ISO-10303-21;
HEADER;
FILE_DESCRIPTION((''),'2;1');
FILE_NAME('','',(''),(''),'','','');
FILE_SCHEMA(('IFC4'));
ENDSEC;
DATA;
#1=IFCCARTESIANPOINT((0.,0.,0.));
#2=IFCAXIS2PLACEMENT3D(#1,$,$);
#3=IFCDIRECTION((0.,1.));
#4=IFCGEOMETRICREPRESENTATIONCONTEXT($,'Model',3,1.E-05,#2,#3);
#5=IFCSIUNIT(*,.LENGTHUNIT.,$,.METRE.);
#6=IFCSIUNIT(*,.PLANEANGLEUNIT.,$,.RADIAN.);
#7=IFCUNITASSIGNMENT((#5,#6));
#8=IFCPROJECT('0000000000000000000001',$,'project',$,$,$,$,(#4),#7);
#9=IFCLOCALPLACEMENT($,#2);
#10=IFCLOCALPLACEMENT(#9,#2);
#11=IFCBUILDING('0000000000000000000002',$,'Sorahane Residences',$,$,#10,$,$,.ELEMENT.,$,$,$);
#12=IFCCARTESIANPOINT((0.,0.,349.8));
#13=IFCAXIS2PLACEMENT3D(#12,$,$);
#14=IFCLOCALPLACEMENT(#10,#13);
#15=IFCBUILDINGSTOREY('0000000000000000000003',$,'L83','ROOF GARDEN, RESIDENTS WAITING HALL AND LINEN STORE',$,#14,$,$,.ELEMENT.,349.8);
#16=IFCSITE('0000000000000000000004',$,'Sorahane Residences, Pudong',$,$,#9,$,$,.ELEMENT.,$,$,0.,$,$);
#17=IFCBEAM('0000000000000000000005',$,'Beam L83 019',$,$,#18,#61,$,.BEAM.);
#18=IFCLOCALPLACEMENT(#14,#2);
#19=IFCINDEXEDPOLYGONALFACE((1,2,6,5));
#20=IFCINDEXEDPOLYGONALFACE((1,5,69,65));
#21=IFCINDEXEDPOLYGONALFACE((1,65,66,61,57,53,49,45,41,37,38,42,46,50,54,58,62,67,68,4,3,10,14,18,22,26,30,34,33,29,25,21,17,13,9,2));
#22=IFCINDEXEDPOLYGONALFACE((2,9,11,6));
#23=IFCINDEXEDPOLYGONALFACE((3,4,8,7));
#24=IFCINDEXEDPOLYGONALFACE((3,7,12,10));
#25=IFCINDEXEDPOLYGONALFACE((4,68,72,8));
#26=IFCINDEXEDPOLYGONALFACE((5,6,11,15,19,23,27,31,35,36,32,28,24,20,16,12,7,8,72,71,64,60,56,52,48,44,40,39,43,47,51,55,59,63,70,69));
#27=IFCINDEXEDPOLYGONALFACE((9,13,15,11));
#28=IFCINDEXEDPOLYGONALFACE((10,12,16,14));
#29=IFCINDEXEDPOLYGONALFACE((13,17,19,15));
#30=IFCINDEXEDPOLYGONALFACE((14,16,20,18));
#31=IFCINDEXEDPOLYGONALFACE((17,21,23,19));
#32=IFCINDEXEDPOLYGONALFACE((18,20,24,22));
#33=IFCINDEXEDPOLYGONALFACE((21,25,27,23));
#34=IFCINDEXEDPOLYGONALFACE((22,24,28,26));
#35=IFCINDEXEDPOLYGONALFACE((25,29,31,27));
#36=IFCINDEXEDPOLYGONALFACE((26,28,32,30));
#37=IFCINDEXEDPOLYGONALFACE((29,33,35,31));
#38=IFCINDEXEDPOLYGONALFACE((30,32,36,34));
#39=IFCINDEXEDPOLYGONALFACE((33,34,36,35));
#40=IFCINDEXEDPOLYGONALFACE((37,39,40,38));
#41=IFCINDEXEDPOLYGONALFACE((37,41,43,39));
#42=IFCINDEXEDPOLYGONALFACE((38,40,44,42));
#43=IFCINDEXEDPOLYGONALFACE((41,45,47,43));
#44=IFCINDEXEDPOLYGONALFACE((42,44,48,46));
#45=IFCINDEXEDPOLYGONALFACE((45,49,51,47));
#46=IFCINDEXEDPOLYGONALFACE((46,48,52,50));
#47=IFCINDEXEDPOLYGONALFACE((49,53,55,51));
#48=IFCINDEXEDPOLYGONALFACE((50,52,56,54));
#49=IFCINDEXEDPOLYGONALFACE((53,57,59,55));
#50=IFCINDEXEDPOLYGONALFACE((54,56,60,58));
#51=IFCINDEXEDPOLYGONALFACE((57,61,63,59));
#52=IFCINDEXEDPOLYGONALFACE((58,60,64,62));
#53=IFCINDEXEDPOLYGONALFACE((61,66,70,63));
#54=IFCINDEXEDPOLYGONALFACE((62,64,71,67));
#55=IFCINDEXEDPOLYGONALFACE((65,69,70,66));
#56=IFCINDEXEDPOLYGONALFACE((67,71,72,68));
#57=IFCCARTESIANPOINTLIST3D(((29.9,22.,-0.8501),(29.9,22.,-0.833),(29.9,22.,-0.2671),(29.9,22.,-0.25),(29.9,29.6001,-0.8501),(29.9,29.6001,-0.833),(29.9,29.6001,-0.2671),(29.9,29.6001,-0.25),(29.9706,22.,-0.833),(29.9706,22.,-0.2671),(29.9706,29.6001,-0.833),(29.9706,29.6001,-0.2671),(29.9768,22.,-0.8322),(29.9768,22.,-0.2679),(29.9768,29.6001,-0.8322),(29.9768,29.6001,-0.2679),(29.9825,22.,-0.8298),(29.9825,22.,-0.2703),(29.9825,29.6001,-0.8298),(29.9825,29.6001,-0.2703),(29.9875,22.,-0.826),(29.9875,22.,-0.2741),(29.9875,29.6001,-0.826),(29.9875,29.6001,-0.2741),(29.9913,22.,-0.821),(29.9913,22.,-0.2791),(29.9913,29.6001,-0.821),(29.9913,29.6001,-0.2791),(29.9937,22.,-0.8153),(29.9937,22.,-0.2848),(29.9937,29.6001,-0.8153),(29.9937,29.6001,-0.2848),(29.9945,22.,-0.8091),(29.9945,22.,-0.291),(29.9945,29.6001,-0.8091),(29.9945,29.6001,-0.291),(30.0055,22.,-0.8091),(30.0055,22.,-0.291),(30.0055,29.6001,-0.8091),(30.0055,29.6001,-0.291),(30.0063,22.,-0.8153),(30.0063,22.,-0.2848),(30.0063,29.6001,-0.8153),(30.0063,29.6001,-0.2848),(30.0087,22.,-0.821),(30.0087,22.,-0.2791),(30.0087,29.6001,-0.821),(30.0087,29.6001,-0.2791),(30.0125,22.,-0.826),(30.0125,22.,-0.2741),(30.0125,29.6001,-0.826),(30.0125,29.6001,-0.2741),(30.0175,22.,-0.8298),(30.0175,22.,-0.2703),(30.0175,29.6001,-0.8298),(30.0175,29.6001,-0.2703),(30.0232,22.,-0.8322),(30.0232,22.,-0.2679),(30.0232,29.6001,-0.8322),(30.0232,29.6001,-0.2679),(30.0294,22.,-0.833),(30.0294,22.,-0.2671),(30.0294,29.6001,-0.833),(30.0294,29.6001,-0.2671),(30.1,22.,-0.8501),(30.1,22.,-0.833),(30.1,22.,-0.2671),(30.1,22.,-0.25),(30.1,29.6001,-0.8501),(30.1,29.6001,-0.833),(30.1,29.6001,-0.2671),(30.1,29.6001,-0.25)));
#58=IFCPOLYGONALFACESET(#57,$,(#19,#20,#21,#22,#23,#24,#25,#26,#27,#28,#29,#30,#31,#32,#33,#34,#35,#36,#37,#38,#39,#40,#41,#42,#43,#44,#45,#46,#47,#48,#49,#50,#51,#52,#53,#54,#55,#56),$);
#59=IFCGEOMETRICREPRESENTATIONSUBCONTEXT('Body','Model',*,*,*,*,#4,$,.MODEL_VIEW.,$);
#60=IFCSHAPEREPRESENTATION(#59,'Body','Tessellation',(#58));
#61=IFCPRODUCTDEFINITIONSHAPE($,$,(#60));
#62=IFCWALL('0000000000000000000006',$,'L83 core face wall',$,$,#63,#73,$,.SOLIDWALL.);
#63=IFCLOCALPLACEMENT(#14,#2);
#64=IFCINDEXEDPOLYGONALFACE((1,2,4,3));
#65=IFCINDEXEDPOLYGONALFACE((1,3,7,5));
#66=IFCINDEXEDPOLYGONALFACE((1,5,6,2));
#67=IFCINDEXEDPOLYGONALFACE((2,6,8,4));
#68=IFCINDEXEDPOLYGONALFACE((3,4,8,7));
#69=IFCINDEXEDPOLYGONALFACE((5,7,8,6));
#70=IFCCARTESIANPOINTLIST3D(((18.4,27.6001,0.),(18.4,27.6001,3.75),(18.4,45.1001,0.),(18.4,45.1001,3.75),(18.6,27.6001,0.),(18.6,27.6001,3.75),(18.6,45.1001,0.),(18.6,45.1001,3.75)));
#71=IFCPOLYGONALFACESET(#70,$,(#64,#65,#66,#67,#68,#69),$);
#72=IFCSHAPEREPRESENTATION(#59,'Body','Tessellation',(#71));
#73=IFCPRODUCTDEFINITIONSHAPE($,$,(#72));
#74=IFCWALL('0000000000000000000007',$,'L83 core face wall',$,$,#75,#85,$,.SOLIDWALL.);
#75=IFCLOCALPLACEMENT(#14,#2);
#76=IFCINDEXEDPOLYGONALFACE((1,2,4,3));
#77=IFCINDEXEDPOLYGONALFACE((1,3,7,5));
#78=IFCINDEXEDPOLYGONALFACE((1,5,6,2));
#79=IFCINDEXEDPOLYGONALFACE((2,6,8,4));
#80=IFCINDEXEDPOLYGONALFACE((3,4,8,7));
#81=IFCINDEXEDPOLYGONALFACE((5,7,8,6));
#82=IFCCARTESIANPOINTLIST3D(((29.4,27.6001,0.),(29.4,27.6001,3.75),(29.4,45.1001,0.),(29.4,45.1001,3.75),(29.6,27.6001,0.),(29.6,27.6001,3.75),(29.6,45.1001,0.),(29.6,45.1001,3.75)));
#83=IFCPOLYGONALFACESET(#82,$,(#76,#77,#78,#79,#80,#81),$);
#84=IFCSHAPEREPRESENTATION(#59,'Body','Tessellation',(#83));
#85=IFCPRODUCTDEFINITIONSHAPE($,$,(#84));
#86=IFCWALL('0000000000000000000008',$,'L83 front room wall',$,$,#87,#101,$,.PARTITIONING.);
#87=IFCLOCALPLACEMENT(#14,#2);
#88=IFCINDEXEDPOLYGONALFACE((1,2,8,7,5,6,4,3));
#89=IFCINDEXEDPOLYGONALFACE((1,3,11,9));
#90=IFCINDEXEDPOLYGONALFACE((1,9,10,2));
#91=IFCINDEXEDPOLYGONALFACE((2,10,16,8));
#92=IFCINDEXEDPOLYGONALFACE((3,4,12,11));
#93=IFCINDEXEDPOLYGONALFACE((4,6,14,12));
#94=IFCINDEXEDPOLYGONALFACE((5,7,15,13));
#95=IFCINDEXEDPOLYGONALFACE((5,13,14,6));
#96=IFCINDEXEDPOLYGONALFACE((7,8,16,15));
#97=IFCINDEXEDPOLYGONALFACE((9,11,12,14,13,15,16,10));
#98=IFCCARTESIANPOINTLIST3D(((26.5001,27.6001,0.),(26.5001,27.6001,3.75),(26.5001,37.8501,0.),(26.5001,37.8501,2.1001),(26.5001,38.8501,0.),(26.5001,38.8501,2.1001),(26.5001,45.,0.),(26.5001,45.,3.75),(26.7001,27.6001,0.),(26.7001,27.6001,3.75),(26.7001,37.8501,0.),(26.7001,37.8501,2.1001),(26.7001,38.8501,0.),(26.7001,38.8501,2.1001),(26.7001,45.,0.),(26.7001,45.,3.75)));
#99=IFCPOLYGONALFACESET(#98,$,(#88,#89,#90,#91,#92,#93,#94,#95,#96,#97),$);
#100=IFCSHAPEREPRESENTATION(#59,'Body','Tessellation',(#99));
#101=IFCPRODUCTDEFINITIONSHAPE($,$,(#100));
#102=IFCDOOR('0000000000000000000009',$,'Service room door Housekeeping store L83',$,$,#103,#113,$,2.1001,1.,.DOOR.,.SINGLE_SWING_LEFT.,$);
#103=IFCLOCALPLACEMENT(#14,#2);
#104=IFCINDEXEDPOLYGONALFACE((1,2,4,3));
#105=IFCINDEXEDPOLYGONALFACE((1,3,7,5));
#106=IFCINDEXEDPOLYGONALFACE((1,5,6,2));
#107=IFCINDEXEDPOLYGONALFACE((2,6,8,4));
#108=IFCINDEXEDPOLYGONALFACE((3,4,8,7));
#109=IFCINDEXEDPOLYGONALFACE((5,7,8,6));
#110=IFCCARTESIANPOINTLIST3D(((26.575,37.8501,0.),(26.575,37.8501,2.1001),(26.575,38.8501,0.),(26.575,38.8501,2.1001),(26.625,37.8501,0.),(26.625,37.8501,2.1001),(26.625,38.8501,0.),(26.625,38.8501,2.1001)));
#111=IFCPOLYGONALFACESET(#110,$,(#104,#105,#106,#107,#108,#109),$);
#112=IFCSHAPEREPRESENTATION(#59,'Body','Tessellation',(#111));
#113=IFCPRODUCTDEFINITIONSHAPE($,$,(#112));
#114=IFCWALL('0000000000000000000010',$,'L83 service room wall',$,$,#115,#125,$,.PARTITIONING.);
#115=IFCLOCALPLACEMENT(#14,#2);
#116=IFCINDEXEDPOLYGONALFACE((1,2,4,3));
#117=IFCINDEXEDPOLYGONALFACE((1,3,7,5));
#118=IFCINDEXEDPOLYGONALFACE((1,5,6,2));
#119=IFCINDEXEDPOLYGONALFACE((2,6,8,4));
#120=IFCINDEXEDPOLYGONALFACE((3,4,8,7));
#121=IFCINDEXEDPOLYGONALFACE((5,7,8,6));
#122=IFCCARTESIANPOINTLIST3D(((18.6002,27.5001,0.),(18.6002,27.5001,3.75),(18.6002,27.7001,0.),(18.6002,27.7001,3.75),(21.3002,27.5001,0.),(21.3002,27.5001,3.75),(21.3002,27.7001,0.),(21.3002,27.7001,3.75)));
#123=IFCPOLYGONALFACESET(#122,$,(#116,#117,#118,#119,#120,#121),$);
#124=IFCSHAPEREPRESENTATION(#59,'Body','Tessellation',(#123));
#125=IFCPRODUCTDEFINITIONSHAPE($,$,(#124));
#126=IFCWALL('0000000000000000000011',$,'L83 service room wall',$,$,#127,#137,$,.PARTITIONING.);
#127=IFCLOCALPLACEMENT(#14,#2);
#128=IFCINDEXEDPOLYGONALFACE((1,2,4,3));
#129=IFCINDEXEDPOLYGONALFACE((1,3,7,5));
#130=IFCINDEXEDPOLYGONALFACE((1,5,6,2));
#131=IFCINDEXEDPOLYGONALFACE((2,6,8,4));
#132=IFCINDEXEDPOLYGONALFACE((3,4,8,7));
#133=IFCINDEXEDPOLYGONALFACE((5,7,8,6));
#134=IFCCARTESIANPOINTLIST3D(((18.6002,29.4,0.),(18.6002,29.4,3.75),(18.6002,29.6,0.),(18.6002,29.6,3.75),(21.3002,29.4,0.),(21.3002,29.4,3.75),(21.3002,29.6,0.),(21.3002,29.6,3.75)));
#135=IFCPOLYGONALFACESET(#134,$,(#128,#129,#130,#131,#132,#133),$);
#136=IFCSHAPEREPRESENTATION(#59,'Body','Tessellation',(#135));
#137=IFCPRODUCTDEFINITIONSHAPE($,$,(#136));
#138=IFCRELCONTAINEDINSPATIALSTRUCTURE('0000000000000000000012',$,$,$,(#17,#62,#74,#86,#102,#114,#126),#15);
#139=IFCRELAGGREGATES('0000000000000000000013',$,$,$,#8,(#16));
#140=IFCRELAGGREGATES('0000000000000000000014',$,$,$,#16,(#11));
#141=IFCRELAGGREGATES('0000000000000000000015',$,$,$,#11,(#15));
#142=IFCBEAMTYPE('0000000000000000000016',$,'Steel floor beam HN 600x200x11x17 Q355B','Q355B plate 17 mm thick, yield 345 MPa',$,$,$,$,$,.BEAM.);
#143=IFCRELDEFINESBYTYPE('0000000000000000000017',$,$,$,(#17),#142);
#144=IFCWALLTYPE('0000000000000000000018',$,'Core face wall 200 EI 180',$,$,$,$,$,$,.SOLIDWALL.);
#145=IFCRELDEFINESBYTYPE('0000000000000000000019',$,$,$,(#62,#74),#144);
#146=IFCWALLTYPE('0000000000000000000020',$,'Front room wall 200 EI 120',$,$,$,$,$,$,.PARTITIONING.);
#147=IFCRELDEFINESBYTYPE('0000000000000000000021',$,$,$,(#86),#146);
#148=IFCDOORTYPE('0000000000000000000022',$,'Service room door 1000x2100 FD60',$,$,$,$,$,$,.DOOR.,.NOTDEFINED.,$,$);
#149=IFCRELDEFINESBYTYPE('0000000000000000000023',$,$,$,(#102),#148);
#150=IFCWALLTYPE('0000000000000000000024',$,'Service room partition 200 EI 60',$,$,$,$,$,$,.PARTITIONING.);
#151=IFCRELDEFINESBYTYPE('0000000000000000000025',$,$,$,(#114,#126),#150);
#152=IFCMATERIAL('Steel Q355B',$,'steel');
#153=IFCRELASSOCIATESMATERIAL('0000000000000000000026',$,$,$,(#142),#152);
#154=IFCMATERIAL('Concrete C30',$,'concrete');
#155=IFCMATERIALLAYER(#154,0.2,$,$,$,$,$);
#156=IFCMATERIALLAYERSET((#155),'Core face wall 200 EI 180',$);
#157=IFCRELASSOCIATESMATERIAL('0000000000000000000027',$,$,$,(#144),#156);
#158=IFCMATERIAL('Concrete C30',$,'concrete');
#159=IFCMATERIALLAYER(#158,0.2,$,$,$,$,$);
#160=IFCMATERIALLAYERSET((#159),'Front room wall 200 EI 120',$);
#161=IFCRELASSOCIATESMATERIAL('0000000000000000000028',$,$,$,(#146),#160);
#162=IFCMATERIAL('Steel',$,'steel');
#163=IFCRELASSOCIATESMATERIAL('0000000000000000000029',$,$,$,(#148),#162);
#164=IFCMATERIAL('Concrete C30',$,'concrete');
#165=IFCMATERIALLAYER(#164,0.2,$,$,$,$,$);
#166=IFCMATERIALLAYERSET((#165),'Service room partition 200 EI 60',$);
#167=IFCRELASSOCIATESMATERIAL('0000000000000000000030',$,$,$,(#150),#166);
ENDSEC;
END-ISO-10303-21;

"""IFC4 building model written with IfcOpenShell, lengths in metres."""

from ifc_helpers import new_model, si_unit, direction, frame, frame_2d, origin, origin_2d, place, context, subcontext, project, spatial, rectangle, i_section, extrude, material, layer, layer_set, material_profile, profile_set, type_object, element, fill, save


model = new_model("IFC4")

# Units and contexts
model_context = context("Model", 3, precision=1e-05, world=origin(), true_north=direction((0.0, 1.0)))
body_context = subcontext(model_context, "Body", "Model", "MODEL_VIEW")
ifc_project = project(units=[si_unit("LENGTHUNIT", "METRE"), si_unit("PLANEANGLEUNIT", "RADIAN")], contexts=[model_context])

# Site, building, storey
site_placement = place(None, origin())
site = spatial("IfcSite", under=ifc_project, at=site_placement, Name="Sorahane Residences, Pudong", CompositionType="ELEMENT", RefElevation=0.0)
building_placement = place(site_placement, origin())
building = spatial("IfcBuilding", under=site, at=building_placement, Name="Sorahane Residences", CompositionType="ELEMENT")
storey_placement = place(building_placement, frame((0.0, 0.0, 349.8)))
storey = spatial("IfcBuildingStorey", under=building, at=storey_placement, Name="L83", Description="ROOF GARDEN, RESIDENTS WAITING HALL AND LINEN STORE", CompositionType="ELEMENT", Elevation=349.8)

# Beam
ifc_material_1 = material(Name="Steel Q355B", Category="steel")
ifc_material_profile_1 = material_profile(ifc_material_1, i_section(OverallWidth=0.2, OverallDepth=0.6001, WebThickness=0.011, FlangeThickness=0.0171, FilletRadius=0.0239, at=origin_2d()), Name="HN 600x200x11x17")
ifc_profile_set_1 = profile_set([ifc_material_profile_1], Name="Steel Q355B")
beam_type = type_object("IfcBeamType", Name="Steel floor beam HN 600x200x11x17 Q355B", Description="Q355B plate 17 mm thick, yield 345 MPa", PredefinedType="BEAM", material=ifc_profile_set_1)
for number, where, z_axis, x_axis, name in (
    (1, (30.0, 22.0, -0.55), (0.0, 1.0, 0.0), (-1.0, 0.0, 0.0), "Beam L83 019"),
):
    element("IfcBeam", number, at=place(storey_placement, frame(where, z_axis=z_axis, x_axis=x_axis)), inside=storey, type_object=beam_type, Name=name, PredefinedType="BEAM", context=body_context, shape_type="SweptSolid", body=[
        extrude(i_section(OverallWidth=0.2, OverallDepth=0.6001, WebThickness=0.011, FlangeThickness=0.0171, FilletRadius=0.0239, at=origin_2d()), origin(), (0.0, 0.0, 1.0), 7.6001),
    ])

# Walls
ifc_material_2 = material(Name="Concrete C30", Category="concrete")
ifc_layer_1 = layer(ifc_material_2, 0.2)
ifc_layer_set_1 = layer_set([ifc_layer_1], Name="Core face wall 200 EI 180")
wall_type_1 = type_object("IfcWallType", Name="Core face wall 200 EI 180", PredefinedType="SOLIDWALL", material=ifc_layer_set_1)
for number, where, z_axis, x_axis, name in (
    (2, (18.5, 27.6001, 0.0), (0.0, 0.0, 1.0), (0.0, 1.0, 0.0), "L83 core face wall"),
    (3, (29.5, 27.6001, 0.0), (0.0, 0.0, 1.0), (0.0, 1.0, 0.0), "L83 core face wall"),
):
    element("IfcWall", number, at=place(storey_placement, frame(where, z_axis=z_axis, x_axis=x_axis)), inside=storey, type_object=wall_type_1, Name=name, PredefinedType="SOLIDWALL", context=body_context, shape_type="SweptSolid", body=[
        extrude(rectangle(XDim=17.5, YDim=0.2, at=frame_2d((8.75, 0.0))), origin(), (0.0, 0.0, 1.0), 3.75),
    ])

# Wall, opening, door
ifc_material_3 = material(Name="Concrete C30", Category="concrete")
ifc_layer_2 = layer(ifc_material_3, 0.2)
ifc_layer_set_2 = layer_set([ifc_layer_2], Name="Front room wall 200 EI 120")
wall_type_2 = type_object("IfcWallType", Name="Front room wall 200 EI 120", PredefinedType="PARTITIONING", material=ifc_layer_set_2)
wall_1_placement = place(storey_placement, frame((26.6001, 27.6001, 0.0), z_axis=(0.0, 0.0, 1.0), x_axis=(0.0, 1.0, 0.0)))
wall_1 = element("IfcWall", 4, at=wall_1_placement, inside=storey, type_object=wall_type_2, Name="L83 front room wall", PredefinedType="PARTITIONING", context=body_context, shape_type="SweptSolid", body=[
    extrude(rectangle(XDim=17.3999, YDim=0.2, at=frame_2d((8.7, 0.0))), origin(), (0.0, 0.0, 1.0), 3.75),
])
opening_1_placement = place(wall_1_placement, frame((10.25, 0.0, 0.0)))
opening_1 = element("IfcOpeningElement", 5, at=opening_1_placement, cuts=wall_1, PredefinedType="OPENING", context=body_context, shape_type="SweptSolid", body=[
    extrude(rectangle(XDim=1.0, YDim=2.1001, at=frame_2d((0.5, 1.05))), frame((0.0, 0.1099, 0.0), z_axis=(0.0, -1.0, 0.0), x_axis=(1.0, 0.0, 0.0)), (0.0, 0.0, 1.0), 0.22),
])
ifc_material_4 = material(Name="Steel", Category="steel")
door_type_1 = type_object("IfcDoorType", Name="Service room door 1000x2100 FD60", OperationType="NOTDEFINED", PredefinedType="DOOR", material=ifc_material_4)
door_1_placement = place(opening_1_placement, frame((1.0, 0.0, 0.0), z_axis=(0.0, 0.0, 1.0), x_axis=(-1.0, 0.0, 0.0)))
door_1 = element("IfcDoor", 6, at=door_1_placement, inside=storey, type_object=door_type_1, Name="Service room door Housekeeping store L83", OperationType="SINGLE_SWING_LEFT", OverallHeight=2.1001, OverallWidth=1.0, PredefinedType="DOOR", context=body_context, shape_type="SweptSolid", body=[
    extrude(rectangle(XDim=1.0, YDim=2.1001, at=frame_2d((0.5, 1.05))), frame((0.0, 0.0249, 0.0), z_axis=(0.0, -1.0, 0.0), x_axis=(1.0, 0.0, 0.0)), (0.0, 0.0, 1.0), 0.05),
])
fill(opening_1, door_1)

# Walls
ifc_material_5 = material(Name="Concrete C30", Category="concrete")
ifc_layer_3 = layer(ifc_material_5, 0.2)
ifc_layer_set_3 = layer_set([ifc_layer_3], Name="Service room partition 200 EI 60")
wall_type_3 = type_object("IfcWallType", Name="Service room partition 200 EI 60", PredefinedType="PARTITIONING", material=ifc_layer_set_3)
for number, where, z_axis, x_axis, name in (
    (7, (18.6001, 27.6001, 0.0), (0.0, 0.0, 1.0), (1.0, 0.0, 0.0), "L83 service room wall"),
    (8, (18.6001, 29.5, 0.0), (0.0, 0.0, 1.0), (1.0, 0.0, 0.0), "L83 service room wall"),
):
    element("IfcWall", number, at=place(storey_placement, frame(where, z_axis=z_axis, x_axis=x_axis)), inside=storey, type_object=wall_type_3, Name=name, PredefinedType="PARTITIONING", context=body_context, shape_type="SweptSolid", body=[
        extrude(rectangle(XDim=2.7, YDim=0.2, at=frame_2d((1.3501, 0.0))), origin(), (0.0, 0.0, 1.0), 3.75),
    ])

save(model, "model.ifc")
